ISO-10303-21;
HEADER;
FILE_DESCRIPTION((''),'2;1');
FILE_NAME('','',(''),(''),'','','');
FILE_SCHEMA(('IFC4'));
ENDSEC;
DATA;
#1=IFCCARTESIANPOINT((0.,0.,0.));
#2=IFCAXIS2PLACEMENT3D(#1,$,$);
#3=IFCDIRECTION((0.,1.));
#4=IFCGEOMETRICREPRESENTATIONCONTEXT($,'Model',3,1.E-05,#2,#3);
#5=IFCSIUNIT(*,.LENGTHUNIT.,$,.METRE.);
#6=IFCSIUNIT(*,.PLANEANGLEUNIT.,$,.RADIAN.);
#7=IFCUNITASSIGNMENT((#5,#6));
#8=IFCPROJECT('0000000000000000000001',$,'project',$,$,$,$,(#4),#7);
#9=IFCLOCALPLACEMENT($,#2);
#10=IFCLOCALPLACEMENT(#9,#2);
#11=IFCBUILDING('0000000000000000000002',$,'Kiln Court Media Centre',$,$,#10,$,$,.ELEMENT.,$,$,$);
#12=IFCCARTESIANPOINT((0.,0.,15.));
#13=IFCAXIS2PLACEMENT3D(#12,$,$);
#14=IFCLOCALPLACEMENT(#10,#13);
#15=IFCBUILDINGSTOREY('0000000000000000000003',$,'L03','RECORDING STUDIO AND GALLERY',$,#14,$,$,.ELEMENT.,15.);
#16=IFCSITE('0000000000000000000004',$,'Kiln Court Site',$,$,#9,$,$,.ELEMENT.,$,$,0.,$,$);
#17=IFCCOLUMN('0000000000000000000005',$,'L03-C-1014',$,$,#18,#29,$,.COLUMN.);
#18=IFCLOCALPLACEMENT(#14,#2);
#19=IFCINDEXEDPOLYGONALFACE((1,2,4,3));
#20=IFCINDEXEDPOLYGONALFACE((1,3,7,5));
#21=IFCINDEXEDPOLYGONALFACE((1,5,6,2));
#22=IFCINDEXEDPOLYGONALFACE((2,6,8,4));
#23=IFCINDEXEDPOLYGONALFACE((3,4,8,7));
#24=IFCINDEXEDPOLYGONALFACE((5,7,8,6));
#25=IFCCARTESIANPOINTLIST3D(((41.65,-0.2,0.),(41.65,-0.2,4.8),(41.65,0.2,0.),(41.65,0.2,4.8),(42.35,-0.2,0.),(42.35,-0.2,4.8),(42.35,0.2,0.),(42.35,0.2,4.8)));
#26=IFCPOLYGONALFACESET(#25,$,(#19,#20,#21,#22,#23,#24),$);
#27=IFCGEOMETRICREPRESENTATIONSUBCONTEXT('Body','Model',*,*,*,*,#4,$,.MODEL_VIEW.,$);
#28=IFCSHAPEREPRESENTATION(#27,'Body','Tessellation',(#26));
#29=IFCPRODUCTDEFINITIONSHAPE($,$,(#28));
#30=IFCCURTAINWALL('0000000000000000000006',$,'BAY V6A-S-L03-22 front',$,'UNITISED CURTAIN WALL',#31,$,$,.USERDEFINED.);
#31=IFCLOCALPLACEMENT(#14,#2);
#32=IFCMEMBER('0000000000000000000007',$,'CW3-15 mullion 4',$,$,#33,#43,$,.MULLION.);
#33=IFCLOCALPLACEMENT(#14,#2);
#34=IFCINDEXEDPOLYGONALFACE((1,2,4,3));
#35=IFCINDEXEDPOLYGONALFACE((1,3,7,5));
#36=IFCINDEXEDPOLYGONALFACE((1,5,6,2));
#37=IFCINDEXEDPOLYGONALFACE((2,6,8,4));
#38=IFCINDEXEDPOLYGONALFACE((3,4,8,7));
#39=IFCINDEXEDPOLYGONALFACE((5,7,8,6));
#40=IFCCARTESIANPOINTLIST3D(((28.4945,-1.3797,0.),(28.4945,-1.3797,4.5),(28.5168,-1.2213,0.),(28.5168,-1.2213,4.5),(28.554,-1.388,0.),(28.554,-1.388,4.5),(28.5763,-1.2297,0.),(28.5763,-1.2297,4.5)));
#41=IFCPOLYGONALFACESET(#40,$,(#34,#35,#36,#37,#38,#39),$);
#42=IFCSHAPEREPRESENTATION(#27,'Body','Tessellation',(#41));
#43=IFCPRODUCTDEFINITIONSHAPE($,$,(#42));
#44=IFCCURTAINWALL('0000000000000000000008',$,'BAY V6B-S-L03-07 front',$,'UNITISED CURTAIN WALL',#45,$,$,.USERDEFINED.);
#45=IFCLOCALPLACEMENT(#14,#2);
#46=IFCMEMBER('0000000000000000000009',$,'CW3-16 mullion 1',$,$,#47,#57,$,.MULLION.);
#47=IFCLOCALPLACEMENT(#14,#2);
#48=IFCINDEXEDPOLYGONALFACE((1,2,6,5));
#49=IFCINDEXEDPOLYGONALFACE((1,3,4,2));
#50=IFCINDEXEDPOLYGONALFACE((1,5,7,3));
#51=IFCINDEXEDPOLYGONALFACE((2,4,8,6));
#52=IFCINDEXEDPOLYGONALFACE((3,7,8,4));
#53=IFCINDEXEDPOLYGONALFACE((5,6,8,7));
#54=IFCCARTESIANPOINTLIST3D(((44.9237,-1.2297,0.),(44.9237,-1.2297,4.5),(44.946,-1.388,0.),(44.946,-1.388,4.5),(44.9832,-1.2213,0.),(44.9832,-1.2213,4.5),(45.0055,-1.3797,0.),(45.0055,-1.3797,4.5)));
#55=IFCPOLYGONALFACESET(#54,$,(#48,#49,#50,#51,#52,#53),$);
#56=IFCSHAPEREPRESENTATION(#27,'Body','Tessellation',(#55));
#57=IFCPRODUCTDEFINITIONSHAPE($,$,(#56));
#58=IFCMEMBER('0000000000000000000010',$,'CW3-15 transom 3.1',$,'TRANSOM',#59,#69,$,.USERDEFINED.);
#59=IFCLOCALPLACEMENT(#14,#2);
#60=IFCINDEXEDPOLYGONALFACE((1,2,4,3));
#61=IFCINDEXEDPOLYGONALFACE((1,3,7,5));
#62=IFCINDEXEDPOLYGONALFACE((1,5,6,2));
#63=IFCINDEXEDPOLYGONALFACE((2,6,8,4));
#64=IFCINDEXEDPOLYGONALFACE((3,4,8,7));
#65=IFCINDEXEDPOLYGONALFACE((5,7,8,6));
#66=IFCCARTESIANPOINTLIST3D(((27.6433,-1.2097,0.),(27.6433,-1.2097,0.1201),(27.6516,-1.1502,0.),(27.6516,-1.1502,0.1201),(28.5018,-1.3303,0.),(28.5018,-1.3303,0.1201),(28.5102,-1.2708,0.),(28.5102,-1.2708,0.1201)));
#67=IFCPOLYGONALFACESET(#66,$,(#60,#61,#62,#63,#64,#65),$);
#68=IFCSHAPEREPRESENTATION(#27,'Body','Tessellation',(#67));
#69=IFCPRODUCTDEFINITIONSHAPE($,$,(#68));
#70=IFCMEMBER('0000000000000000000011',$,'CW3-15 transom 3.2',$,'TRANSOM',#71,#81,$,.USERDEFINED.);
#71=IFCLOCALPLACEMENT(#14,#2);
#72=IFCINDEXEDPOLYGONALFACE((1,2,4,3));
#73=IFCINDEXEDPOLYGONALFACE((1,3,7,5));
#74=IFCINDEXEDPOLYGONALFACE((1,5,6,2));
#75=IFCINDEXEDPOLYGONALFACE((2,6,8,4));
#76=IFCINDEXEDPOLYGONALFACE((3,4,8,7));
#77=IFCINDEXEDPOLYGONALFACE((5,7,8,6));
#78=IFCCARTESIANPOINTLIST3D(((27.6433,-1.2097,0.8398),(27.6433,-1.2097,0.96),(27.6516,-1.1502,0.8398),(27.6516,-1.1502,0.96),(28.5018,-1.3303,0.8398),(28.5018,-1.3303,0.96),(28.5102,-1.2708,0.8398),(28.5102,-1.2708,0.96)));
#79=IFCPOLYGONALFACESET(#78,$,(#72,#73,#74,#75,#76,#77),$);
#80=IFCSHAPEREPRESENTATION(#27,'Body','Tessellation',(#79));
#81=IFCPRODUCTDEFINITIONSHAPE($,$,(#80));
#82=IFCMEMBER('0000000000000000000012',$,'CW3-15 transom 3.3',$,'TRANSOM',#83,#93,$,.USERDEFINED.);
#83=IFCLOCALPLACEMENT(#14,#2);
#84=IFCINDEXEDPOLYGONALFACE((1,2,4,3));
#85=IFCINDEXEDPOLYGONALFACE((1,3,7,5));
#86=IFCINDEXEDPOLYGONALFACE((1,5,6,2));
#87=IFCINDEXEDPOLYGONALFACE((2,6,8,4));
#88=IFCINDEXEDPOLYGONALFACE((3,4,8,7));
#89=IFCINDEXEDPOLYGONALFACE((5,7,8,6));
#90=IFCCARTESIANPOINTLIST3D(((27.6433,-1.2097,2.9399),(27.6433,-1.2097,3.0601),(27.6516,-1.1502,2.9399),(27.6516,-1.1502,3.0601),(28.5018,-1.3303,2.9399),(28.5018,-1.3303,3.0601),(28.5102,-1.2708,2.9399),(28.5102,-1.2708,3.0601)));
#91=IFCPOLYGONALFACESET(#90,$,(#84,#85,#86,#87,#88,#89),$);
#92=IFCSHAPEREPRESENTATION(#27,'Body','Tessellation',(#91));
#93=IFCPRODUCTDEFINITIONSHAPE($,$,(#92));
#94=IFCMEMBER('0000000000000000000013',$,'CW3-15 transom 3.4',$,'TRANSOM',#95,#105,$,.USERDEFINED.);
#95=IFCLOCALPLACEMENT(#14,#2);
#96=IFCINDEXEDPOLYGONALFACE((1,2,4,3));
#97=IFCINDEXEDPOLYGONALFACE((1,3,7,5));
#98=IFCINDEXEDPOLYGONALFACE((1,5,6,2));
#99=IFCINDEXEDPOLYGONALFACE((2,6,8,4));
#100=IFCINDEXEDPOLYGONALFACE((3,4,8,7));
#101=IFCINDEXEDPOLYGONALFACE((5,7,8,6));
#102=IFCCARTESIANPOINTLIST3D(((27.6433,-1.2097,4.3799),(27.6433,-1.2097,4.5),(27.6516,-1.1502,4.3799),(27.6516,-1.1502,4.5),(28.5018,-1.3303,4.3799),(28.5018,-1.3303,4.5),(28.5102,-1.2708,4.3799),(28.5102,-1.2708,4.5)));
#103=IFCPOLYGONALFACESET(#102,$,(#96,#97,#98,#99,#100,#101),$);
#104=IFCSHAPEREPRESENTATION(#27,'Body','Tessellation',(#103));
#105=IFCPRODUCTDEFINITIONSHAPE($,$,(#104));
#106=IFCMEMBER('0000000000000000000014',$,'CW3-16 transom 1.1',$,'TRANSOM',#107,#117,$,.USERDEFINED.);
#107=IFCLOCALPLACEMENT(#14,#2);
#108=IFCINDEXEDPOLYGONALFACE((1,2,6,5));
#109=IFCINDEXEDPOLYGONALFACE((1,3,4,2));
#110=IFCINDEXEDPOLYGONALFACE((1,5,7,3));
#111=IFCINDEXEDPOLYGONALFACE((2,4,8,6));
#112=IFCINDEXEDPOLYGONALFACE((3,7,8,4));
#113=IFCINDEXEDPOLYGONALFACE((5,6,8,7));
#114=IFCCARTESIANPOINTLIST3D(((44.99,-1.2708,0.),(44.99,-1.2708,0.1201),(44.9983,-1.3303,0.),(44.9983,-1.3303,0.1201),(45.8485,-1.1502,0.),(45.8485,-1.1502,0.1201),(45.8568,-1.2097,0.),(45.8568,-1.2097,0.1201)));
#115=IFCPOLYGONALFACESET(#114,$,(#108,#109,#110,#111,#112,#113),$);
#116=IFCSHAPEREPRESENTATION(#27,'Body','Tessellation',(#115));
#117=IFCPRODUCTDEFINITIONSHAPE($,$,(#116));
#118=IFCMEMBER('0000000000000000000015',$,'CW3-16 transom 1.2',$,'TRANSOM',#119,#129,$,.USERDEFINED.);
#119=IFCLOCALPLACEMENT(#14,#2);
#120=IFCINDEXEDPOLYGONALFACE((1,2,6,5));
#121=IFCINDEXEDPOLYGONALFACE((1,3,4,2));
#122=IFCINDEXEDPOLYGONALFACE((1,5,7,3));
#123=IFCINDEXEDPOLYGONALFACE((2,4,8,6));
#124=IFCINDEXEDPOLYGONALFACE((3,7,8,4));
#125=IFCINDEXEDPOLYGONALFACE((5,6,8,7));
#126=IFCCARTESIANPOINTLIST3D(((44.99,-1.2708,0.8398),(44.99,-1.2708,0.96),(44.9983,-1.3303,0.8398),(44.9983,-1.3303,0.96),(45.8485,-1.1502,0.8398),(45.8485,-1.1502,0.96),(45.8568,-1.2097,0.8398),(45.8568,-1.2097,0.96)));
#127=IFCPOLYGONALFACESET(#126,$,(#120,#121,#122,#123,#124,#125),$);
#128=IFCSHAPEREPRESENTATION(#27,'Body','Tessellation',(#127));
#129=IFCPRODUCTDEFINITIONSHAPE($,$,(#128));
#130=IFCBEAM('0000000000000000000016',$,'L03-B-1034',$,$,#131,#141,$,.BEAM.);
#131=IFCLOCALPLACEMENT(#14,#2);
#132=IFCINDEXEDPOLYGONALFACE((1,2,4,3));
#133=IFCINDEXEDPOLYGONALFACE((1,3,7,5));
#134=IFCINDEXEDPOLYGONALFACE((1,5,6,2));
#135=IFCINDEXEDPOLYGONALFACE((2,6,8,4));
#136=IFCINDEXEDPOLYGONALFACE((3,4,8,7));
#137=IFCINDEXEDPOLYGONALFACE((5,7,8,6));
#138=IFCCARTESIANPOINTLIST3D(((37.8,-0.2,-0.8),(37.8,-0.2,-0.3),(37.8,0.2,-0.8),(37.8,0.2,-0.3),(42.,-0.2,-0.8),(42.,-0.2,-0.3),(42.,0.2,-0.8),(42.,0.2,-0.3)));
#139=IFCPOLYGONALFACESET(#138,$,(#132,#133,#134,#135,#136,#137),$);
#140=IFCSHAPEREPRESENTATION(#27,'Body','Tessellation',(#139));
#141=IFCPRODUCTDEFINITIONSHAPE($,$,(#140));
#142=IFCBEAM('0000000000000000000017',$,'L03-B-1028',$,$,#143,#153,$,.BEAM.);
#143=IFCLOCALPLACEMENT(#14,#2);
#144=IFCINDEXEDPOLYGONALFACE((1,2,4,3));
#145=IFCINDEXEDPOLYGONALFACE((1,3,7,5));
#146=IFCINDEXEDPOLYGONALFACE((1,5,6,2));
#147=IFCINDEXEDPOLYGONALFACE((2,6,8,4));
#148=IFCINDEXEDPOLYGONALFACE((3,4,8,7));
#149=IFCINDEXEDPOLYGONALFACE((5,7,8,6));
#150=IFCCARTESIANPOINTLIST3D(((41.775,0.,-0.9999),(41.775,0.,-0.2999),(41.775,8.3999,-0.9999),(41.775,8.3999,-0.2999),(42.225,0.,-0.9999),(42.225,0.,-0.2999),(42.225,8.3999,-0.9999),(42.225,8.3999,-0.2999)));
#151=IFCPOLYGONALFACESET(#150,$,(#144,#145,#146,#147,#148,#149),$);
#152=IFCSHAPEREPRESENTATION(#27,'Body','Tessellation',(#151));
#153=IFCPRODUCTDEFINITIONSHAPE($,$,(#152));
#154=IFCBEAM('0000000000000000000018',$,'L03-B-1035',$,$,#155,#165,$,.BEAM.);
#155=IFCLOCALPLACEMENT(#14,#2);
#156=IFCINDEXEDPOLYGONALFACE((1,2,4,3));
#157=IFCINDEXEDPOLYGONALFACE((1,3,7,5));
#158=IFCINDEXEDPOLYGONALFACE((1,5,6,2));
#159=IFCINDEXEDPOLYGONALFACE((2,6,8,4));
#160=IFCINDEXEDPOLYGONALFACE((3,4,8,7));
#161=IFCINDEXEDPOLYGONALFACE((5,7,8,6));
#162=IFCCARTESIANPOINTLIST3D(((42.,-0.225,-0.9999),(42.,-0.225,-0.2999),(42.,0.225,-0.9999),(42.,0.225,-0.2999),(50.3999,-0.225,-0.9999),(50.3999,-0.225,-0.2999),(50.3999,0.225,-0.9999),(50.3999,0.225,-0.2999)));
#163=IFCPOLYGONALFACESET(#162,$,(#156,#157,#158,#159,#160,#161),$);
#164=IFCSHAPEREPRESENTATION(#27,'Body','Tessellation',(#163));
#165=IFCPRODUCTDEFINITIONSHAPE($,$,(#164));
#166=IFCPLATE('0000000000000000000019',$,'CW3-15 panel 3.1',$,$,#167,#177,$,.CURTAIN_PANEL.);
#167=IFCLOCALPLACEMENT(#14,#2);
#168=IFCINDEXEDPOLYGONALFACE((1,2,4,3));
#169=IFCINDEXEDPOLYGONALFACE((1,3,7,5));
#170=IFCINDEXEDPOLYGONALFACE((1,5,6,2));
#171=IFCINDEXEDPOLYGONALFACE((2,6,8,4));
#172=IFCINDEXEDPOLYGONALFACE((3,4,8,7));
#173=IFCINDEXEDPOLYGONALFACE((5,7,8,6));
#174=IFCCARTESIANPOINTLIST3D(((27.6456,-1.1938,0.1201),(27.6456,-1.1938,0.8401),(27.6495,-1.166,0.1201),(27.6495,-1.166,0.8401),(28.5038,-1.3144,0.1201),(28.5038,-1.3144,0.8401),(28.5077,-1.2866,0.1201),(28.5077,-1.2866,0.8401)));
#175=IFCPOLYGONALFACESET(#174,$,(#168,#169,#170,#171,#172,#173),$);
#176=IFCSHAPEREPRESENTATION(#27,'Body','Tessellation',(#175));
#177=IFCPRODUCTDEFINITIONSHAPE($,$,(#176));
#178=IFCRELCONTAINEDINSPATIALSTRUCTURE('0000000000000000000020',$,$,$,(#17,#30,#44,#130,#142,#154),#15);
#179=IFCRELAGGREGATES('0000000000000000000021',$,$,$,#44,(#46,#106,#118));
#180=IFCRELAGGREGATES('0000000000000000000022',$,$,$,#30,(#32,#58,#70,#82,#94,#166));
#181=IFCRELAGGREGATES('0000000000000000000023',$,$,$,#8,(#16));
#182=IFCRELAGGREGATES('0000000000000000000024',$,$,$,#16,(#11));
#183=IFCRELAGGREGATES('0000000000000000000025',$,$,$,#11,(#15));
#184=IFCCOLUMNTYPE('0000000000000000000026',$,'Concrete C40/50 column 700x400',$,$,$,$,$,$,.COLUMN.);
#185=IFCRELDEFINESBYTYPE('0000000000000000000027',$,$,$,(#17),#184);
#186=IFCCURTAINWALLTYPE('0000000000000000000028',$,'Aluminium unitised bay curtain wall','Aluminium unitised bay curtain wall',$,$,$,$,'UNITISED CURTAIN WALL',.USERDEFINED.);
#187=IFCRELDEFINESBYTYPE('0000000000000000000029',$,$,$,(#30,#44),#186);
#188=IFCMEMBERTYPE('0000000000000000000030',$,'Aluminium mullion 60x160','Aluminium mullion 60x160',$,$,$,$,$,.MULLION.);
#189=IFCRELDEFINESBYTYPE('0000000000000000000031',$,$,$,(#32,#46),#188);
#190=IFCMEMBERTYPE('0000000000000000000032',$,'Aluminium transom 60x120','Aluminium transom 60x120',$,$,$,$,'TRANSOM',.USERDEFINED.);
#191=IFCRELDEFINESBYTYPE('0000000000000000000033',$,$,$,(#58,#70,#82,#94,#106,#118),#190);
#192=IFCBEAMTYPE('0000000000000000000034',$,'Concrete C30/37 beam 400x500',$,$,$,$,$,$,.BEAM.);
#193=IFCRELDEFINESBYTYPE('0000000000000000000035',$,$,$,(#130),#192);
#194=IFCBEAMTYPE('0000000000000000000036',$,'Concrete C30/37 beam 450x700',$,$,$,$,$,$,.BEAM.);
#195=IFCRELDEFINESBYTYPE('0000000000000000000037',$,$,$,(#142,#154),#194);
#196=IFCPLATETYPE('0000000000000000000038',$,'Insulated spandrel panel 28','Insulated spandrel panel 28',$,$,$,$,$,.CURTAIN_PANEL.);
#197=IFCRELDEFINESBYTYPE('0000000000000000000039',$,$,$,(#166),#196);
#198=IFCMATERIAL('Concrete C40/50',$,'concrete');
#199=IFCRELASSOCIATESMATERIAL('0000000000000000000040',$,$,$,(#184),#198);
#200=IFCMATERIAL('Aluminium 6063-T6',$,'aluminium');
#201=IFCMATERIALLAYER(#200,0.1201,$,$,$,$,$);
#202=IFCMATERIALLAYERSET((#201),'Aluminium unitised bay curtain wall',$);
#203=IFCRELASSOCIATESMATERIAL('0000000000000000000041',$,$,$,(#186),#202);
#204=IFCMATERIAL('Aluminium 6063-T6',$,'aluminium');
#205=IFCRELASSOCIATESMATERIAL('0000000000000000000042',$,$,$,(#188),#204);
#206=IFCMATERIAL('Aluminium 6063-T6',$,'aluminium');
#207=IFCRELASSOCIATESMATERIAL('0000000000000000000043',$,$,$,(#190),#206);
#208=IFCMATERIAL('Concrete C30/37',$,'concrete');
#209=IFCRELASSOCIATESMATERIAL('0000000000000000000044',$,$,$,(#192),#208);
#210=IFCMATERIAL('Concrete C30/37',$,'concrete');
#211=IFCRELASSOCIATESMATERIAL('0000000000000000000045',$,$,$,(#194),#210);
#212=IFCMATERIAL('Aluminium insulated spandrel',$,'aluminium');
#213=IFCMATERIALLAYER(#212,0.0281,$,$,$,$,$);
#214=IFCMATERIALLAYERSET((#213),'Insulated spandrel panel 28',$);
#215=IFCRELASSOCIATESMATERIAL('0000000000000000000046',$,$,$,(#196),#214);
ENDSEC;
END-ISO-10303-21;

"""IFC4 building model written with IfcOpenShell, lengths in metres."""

from ifc_helpers import new_model, si_unit, direction, frame, origin, origin_2d, place, context, subcontext, project, spatial, rectangle, extrude, material, layer, layer_set, material_profile, profile_set, type_object, element, aggregate, save


model = new_model("IFC4")

# Units and contexts
model_context = context("Model", 3, precision=1e-05, world=origin(), true_north=direction((0.0, 1.0)))
body_context = subcontext(model_context, "Body", "Model", "MODEL_VIEW")
ifc_project = project(units=[si_unit("LENGTHUNIT", "METRE"), si_unit("PLANEANGLEUNIT", "RADIAN")], contexts=[model_context])

# Site, building, storey
site_placement = place(None, origin())
site = spatial("IfcSite", under=ifc_project, at=site_placement, Name="Kiln Court Site", CompositionType="ELEMENT", RefElevation=0.0)
building_placement = place(site_placement, origin())
building = spatial("IfcBuilding", under=site, at=building_placement, Name="Kiln Court Media Centre", CompositionType="ELEMENT")
storey_placement = place(building_placement, frame((0.0, 0.0, 15.0)))
storey = spatial("IfcBuildingStorey", under=building, at=storey_placement, Name="L03", Description="RECORDING STUDIO AND GALLERY", CompositionType="ELEMENT", Elevation=15.0)

# Column
ifc_material_1 = material(Name="Concrete C40/50", Category="concrete")
ifc_material_profile_1 = material_profile(ifc_material_1, rectangle(XDim=0.7, YDim=0.3999, at=origin_2d()), Name="RC 700x400")
ifc_profile_set_1 = profile_set([ifc_material_profile_1], Name="Concrete C40/50")
column_type = type_object("IfcColumnType", Name="Concrete C40/50 column 700x400", PredefinedType="COLUMN", material=ifc_profile_set_1)
column_placement = place(storey_placement, frame((42.0, 0.0, 0.0), z_axis=(0.0, 0.0, 1.0), x_axis=(1.0, 0.0, 0.0)))
element("IfcColumn", 1, at=column_placement, inside=storey, type_object=column_type, Name="L03-C-1014", PredefinedType="COLUMN", context=body_context, shape_type="SweptSolid", body=[
    extrude(rectangle(XDim=0.7, YDim=0.3999, at=origin_2d()), origin(), (0.0, 0.0, 1.0), 4.8),
])

# Curtain walls, members
ifc_material_2 = material(Name="Aluminium 6063-T6", Category="aluminium")
ifc_layer_1 = layer(ifc_material_2, 0.1201)
ifc_layer_set_1 = layer_set([ifc_layer_1], Name="Aluminium unitised bay curtain wall")
curtain_wall_type = type_object("IfcCurtainWallType", Name="Aluminium unitised bay curtain wall", Description="Aluminium unitised bay curtain wall", ElementType="UNITISED CURTAIN WALL", PredefinedType="USERDEFINED", material=ifc_layer_set_1)
curtain_wall_1_placement = place(storey_placement, origin())
curtain_wall_1 = element("IfcCurtainWall", 2, at=curtain_wall_1_placement, inside=storey, type_object=curtain_wall_type, Name="BAY V6A-S-L03-22 front", ObjectType="UNITISED CURTAIN WALL", PredefinedType="USERDEFINED")
ifc_material_3 = material(Name="Aluminium 6063-T6", Category="aluminium")
ifc_material_profile_2 = material_profile(ifc_material_3, rectangle(XDim=0.0601, YDim=0.1599, at=origin_2d()), Name="Aluminium mullion 60x160")
ifc_profile_set_2 = profile_set([ifc_material_profile_2], Name="Aluminium 6063-T6")
member_type_1 = type_object("IfcMemberType", Name="Aluminium mullion 60x160", Description="Aluminium mullion 60x160", PredefinedType="MULLION", material=ifc_profile_set_2)
member_1_placement = place(storey_placement, frame((28.5354, -1.3047, 0.0), z_axis=(0.0, 0.0, 1.0), x_axis=(0.99027, -0.139162, 0.0)))
member_1 = element("IfcMember", 3, at=member_1_placement, type_object=member_type_1, Name="CW3-15 mullion 4", PredefinedType="MULLION", context=body_context, shape_type="SweptSolid", body=[
    extrude(rectangle(XDim=0.0601, YDim=0.1599, at=origin_2d()), origin(), (0.0, 0.0, 1.0), 4.5),
])
curtain_wall_2_placement = place(storey_placement, origin())
curtain_wall_2 = element("IfcCurtainWall", 4, at=curtain_wall_2_placement, inside=storey, type_object=curtain_wall_type, Name="BAY V6B-S-L03-07 front", ObjectType="UNITISED CURTAIN WALL", PredefinedType="USERDEFINED")
member_2_placement = place(storey_placement, frame((44.9646, -1.3047, 0.0), z_axis=(0.0, 0.0, 1.0), x_axis=(0.99027, 0.139162, 0.0)))
member_2 = element("IfcMember", 5, at=member_2_placement, type_object=member_type_1, Name="CW3-16 mullion 1", PredefinedType="MULLION", context=body_context, shape_type="SweptSolid", body=[
    extrude(rectangle(XDim=0.0601, YDim=0.1599, at=origin_2d()), origin(), (0.0, 0.0, 1.0), 4.5),
])

# Members
ifc_material_4 = material(Name="Aluminium 6063-T6", Category="aluminium")
ifc_material_profile_3 = material_profile(ifc_material_4, rectangle(XDim=0.0601, YDim=0.1201, at=origin_2d()), Name="Aluminium transom 60x120")
ifc_profile_set_3 = profile_set([ifc_material_profile_3], Name="Aluminium 6063-T6")
member_type_2 = type_object("IfcMemberType", Name="Aluminium transom 60x120", Description="Aluminium transom 60x120", ElementType="TRANSOM", PredefinedType="USERDEFINED", material=ifc_profile_set_3)
member_3_placement = place(storey_placement, frame((27.6475, -1.1799, 0.0601), z_axis=(0.990274, -0.139134, 0.0), x_axis=(0.139134, 0.990274, 0.0)))
member_3 = element("IfcMember", 6, at=member_3_placement, type_object=member_type_2, Name="CW3-15 transom 3.1", ObjectType="TRANSOM", PredefinedType="USERDEFINED", context=body_context, shape_type="SweptSolid", body=[
    extrude(rectangle(XDim=0.0601, YDim=0.1201, at=origin_2d()), origin(), (0.0, 0.0, 1.0), 0.8669),
])
member_4_placement = place(storey_placement, frame((27.6475, -1.1799, 0.8999), z_axis=(0.990274, -0.139134, 0.0), x_axis=(0.139134, 0.990274, 0.0)))
member_4 = element("IfcMember", 7, at=member_4_placement, type_object=member_type_2, Name="CW3-15 transom 3.2", ObjectType="TRANSOM", PredefinedType="USERDEFINED", context=body_context, shape_type="SweptSolid", body=[
    extrude(rectangle(XDim=0.0601, YDim=0.1201, at=origin_2d()), origin(), (0.0, 0.0, 1.0), 0.8669),
])
member_5_placement = place(storey_placement, frame((27.6475, -1.1799, 3.0), z_axis=(0.990274, -0.139134, 0.0), x_axis=(0.139134, 0.990274, 0.0)))
member_5 = element("IfcMember", 8, at=member_5_placement, type_object=member_type_2, Name="CW3-15 transom 3.3", ObjectType="TRANSOM", PredefinedType="USERDEFINED", context=body_context, shape_type="SweptSolid", body=[
    extrude(rectangle(XDim=0.0601, YDim=0.1201, at=origin_2d()), origin(), (0.0, 0.0, 1.0), 0.8669),
])
member_6_placement = place(storey_placement, frame((27.6475, -1.1799, 4.4399), z_axis=(0.990274, -0.139134, 0.0), x_axis=(0.139134, 0.990274, 0.0)))
member_6 = element("IfcMember", 9, at=member_6_placement, type_object=member_type_2, Name="CW3-15 transom 3.4", ObjectType="TRANSOM", PredefinedType="USERDEFINED", context=body_context, shape_type="SweptSolid", body=[
    extrude(rectangle(XDim=0.0601, YDim=0.1201, at=origin_2d()), origin(), (0.0, 0.0, 1.0), 0.8669),
])
member_7_placement = place(storey_placement, frame((44.9941, -1.3005, 0.0601), z_axis=(0.990274, 0.139134, 0.0), x_axis=(-0.139134, 0.990274, 0.0)))
member_7 = element("IfcMember", 10, at=member_7_placement, type_object=member_type_2, Name="CW3-16 transom 1.1", ObjectType="TRANSOM", PredefinedType="USERDEFINED", context=body_context, shape_type="SweptSolid", body=[
    extrude(rectangle(XDim=0.0601, YDim=0.1201, at=origin_2d()), origin(), (0.0, 0.0, 1.0), 0.8669),
])
member_8_placement = place(storey_placement, frame((44.9941, -1.3005, 0.8999), z_axis=(0.990274, 0.139134, 0.0), x_axis=(-0.139134, 0.990274, 0.0)))
member_8 = element("IfcMember", 11, at=member_8_placement, type_object=member_type_2, Name="CW3-16 transom 1.2", ObjectType="TRANSOM", PredefinedType="USERDEFINED", context=body_context, shape_type="SweptSolid", body=[
    extrude(rectangle(XDim=0.0601, YDim=0.1201, at=origin_2d()), origin(), (0.0, 0.0, 1.0), 0.8669),
])
aggregate(curtain_wall_2, [member_2, member_7, member_8])

# Beams
ifc_material_5 = material(Name="Concrete C30/37", Category="concrete")
ifc_material_profile_4 = material_profile(ifc_material_5, rectangle(XDim=0.3999, YDim=0.5, at=origin_2d()), Name="RC 400x500")
ifc_profile_set_4 = profile_set([ifc_material_profile_4], Name="Concrete C30/37")
beam_type_1 = type_object("IfcBeamType", Name="Concrete C30/37 beam 400x500", PredefinedType="BEAM", material=ifc_profile_set_4)
beam_placement = place(storey_placement, frame((37.8, 0.0, -0.55), z_axis=(1.0, 0.0, 0.0), x_axis=(0.0, 1.0, 0.0)))
element("IfcBeam", 12, at=beam_placement, inside=storey, type_object=beam_type_1, Name="L03-B-1034", PredefinedType="BEAM", context=body_context, shape_type="SweptSolid", body=[
    extrude(rectangle(XDim=0.3999, YDim=0.5, at=origin_2d()), origin(), (0.0, 0.0, 1.0), 4.2),
])
ifc_material_6 = material(Name="Concrete C30/37", Category="concrete")
ifc_material_profile_5 = material_profile(ifc_material_6, rectangle(XDim=0.45, YDim=0.7, at=origin_2d()), Name="RC 450x700")
ifc_profile_set_5 = profile_set([ifc_material_profile_5], Name="Concrete C30/37")
beam_type_2 = type_object("IfcBeamType", Name="Concrete C30/37 beam 450x700", PredefinedType="BEAM", material=ifc_profile_set_5)
for number, where, z_axis, x_axis, name in (
    (13, (42.0, 0.0, -0.6499), (0.0, 1.0, 0.0), (-1.0, 0.0, 0.0), "L03-B-1028"),
    (14, (42.0, 0.0, -0.6499), (1.0, 0.0, 0.0), (0.0, 1.0, 0.0), "L03-B-1035"),
):
    element("IfcBeam", number, at=place(storey_placement, frame(where, z_axis=z_axis, x_axis=x_axis)), inside=storey, type_object=beam_type_2, Name=name, PredefinedType="BEAM", context=body_context, shape_type="SweptSolid", body=[
        extrude(rectangle(XDim=0.45, YDim=0.7, at=origin_2d()), origin(), (0.0, 0.0, 1.0), 8.3999),
    ])

# Plate
ifc_material_7 = material(Name="Aluminium insulated spandrel", Category="aluminium")
ifc_layer_2 = layer(ifc_material_7, 0.0281)
ifc_layer_set_2 = layer_set([ifc_layer_2], Name="Insulated spandrel panel 28")
plate_type_1 = type_object("IfcPlateType", Name="Insulated spandrel panel 28", Description="Insulated spandrel panel 28", PredefinedType="CURTAIN_PANEL", material=ifc_layer_set_2)
plate_1_placement = place(storey_placement, frame((28.0767, -1.2402, 0.1201), z_axis=(0.0, 0.0, 1.0), x_axis=(0.99027, -0.139162, 0.0)))
plate_1 = element("IfcPlate", 15, at=plate_1_placement, type_object=plate_type_1, Name="CW3-15 panel 3.1", PredefinedType="CURTAIN_PANEL", context=body_context, shape_type="SweptSolid", body=[
    extrude(rectangle(XDim=0.8667, YDim=0.0281, at=origin_2d()), origin(), (0.0, 0.0, 1.0), 0.72),
])
aggregate(curtain_wall_1, [member_1, member_3, member_4, member_5, member_6, plate_1])

save(model, "model.ifc")
